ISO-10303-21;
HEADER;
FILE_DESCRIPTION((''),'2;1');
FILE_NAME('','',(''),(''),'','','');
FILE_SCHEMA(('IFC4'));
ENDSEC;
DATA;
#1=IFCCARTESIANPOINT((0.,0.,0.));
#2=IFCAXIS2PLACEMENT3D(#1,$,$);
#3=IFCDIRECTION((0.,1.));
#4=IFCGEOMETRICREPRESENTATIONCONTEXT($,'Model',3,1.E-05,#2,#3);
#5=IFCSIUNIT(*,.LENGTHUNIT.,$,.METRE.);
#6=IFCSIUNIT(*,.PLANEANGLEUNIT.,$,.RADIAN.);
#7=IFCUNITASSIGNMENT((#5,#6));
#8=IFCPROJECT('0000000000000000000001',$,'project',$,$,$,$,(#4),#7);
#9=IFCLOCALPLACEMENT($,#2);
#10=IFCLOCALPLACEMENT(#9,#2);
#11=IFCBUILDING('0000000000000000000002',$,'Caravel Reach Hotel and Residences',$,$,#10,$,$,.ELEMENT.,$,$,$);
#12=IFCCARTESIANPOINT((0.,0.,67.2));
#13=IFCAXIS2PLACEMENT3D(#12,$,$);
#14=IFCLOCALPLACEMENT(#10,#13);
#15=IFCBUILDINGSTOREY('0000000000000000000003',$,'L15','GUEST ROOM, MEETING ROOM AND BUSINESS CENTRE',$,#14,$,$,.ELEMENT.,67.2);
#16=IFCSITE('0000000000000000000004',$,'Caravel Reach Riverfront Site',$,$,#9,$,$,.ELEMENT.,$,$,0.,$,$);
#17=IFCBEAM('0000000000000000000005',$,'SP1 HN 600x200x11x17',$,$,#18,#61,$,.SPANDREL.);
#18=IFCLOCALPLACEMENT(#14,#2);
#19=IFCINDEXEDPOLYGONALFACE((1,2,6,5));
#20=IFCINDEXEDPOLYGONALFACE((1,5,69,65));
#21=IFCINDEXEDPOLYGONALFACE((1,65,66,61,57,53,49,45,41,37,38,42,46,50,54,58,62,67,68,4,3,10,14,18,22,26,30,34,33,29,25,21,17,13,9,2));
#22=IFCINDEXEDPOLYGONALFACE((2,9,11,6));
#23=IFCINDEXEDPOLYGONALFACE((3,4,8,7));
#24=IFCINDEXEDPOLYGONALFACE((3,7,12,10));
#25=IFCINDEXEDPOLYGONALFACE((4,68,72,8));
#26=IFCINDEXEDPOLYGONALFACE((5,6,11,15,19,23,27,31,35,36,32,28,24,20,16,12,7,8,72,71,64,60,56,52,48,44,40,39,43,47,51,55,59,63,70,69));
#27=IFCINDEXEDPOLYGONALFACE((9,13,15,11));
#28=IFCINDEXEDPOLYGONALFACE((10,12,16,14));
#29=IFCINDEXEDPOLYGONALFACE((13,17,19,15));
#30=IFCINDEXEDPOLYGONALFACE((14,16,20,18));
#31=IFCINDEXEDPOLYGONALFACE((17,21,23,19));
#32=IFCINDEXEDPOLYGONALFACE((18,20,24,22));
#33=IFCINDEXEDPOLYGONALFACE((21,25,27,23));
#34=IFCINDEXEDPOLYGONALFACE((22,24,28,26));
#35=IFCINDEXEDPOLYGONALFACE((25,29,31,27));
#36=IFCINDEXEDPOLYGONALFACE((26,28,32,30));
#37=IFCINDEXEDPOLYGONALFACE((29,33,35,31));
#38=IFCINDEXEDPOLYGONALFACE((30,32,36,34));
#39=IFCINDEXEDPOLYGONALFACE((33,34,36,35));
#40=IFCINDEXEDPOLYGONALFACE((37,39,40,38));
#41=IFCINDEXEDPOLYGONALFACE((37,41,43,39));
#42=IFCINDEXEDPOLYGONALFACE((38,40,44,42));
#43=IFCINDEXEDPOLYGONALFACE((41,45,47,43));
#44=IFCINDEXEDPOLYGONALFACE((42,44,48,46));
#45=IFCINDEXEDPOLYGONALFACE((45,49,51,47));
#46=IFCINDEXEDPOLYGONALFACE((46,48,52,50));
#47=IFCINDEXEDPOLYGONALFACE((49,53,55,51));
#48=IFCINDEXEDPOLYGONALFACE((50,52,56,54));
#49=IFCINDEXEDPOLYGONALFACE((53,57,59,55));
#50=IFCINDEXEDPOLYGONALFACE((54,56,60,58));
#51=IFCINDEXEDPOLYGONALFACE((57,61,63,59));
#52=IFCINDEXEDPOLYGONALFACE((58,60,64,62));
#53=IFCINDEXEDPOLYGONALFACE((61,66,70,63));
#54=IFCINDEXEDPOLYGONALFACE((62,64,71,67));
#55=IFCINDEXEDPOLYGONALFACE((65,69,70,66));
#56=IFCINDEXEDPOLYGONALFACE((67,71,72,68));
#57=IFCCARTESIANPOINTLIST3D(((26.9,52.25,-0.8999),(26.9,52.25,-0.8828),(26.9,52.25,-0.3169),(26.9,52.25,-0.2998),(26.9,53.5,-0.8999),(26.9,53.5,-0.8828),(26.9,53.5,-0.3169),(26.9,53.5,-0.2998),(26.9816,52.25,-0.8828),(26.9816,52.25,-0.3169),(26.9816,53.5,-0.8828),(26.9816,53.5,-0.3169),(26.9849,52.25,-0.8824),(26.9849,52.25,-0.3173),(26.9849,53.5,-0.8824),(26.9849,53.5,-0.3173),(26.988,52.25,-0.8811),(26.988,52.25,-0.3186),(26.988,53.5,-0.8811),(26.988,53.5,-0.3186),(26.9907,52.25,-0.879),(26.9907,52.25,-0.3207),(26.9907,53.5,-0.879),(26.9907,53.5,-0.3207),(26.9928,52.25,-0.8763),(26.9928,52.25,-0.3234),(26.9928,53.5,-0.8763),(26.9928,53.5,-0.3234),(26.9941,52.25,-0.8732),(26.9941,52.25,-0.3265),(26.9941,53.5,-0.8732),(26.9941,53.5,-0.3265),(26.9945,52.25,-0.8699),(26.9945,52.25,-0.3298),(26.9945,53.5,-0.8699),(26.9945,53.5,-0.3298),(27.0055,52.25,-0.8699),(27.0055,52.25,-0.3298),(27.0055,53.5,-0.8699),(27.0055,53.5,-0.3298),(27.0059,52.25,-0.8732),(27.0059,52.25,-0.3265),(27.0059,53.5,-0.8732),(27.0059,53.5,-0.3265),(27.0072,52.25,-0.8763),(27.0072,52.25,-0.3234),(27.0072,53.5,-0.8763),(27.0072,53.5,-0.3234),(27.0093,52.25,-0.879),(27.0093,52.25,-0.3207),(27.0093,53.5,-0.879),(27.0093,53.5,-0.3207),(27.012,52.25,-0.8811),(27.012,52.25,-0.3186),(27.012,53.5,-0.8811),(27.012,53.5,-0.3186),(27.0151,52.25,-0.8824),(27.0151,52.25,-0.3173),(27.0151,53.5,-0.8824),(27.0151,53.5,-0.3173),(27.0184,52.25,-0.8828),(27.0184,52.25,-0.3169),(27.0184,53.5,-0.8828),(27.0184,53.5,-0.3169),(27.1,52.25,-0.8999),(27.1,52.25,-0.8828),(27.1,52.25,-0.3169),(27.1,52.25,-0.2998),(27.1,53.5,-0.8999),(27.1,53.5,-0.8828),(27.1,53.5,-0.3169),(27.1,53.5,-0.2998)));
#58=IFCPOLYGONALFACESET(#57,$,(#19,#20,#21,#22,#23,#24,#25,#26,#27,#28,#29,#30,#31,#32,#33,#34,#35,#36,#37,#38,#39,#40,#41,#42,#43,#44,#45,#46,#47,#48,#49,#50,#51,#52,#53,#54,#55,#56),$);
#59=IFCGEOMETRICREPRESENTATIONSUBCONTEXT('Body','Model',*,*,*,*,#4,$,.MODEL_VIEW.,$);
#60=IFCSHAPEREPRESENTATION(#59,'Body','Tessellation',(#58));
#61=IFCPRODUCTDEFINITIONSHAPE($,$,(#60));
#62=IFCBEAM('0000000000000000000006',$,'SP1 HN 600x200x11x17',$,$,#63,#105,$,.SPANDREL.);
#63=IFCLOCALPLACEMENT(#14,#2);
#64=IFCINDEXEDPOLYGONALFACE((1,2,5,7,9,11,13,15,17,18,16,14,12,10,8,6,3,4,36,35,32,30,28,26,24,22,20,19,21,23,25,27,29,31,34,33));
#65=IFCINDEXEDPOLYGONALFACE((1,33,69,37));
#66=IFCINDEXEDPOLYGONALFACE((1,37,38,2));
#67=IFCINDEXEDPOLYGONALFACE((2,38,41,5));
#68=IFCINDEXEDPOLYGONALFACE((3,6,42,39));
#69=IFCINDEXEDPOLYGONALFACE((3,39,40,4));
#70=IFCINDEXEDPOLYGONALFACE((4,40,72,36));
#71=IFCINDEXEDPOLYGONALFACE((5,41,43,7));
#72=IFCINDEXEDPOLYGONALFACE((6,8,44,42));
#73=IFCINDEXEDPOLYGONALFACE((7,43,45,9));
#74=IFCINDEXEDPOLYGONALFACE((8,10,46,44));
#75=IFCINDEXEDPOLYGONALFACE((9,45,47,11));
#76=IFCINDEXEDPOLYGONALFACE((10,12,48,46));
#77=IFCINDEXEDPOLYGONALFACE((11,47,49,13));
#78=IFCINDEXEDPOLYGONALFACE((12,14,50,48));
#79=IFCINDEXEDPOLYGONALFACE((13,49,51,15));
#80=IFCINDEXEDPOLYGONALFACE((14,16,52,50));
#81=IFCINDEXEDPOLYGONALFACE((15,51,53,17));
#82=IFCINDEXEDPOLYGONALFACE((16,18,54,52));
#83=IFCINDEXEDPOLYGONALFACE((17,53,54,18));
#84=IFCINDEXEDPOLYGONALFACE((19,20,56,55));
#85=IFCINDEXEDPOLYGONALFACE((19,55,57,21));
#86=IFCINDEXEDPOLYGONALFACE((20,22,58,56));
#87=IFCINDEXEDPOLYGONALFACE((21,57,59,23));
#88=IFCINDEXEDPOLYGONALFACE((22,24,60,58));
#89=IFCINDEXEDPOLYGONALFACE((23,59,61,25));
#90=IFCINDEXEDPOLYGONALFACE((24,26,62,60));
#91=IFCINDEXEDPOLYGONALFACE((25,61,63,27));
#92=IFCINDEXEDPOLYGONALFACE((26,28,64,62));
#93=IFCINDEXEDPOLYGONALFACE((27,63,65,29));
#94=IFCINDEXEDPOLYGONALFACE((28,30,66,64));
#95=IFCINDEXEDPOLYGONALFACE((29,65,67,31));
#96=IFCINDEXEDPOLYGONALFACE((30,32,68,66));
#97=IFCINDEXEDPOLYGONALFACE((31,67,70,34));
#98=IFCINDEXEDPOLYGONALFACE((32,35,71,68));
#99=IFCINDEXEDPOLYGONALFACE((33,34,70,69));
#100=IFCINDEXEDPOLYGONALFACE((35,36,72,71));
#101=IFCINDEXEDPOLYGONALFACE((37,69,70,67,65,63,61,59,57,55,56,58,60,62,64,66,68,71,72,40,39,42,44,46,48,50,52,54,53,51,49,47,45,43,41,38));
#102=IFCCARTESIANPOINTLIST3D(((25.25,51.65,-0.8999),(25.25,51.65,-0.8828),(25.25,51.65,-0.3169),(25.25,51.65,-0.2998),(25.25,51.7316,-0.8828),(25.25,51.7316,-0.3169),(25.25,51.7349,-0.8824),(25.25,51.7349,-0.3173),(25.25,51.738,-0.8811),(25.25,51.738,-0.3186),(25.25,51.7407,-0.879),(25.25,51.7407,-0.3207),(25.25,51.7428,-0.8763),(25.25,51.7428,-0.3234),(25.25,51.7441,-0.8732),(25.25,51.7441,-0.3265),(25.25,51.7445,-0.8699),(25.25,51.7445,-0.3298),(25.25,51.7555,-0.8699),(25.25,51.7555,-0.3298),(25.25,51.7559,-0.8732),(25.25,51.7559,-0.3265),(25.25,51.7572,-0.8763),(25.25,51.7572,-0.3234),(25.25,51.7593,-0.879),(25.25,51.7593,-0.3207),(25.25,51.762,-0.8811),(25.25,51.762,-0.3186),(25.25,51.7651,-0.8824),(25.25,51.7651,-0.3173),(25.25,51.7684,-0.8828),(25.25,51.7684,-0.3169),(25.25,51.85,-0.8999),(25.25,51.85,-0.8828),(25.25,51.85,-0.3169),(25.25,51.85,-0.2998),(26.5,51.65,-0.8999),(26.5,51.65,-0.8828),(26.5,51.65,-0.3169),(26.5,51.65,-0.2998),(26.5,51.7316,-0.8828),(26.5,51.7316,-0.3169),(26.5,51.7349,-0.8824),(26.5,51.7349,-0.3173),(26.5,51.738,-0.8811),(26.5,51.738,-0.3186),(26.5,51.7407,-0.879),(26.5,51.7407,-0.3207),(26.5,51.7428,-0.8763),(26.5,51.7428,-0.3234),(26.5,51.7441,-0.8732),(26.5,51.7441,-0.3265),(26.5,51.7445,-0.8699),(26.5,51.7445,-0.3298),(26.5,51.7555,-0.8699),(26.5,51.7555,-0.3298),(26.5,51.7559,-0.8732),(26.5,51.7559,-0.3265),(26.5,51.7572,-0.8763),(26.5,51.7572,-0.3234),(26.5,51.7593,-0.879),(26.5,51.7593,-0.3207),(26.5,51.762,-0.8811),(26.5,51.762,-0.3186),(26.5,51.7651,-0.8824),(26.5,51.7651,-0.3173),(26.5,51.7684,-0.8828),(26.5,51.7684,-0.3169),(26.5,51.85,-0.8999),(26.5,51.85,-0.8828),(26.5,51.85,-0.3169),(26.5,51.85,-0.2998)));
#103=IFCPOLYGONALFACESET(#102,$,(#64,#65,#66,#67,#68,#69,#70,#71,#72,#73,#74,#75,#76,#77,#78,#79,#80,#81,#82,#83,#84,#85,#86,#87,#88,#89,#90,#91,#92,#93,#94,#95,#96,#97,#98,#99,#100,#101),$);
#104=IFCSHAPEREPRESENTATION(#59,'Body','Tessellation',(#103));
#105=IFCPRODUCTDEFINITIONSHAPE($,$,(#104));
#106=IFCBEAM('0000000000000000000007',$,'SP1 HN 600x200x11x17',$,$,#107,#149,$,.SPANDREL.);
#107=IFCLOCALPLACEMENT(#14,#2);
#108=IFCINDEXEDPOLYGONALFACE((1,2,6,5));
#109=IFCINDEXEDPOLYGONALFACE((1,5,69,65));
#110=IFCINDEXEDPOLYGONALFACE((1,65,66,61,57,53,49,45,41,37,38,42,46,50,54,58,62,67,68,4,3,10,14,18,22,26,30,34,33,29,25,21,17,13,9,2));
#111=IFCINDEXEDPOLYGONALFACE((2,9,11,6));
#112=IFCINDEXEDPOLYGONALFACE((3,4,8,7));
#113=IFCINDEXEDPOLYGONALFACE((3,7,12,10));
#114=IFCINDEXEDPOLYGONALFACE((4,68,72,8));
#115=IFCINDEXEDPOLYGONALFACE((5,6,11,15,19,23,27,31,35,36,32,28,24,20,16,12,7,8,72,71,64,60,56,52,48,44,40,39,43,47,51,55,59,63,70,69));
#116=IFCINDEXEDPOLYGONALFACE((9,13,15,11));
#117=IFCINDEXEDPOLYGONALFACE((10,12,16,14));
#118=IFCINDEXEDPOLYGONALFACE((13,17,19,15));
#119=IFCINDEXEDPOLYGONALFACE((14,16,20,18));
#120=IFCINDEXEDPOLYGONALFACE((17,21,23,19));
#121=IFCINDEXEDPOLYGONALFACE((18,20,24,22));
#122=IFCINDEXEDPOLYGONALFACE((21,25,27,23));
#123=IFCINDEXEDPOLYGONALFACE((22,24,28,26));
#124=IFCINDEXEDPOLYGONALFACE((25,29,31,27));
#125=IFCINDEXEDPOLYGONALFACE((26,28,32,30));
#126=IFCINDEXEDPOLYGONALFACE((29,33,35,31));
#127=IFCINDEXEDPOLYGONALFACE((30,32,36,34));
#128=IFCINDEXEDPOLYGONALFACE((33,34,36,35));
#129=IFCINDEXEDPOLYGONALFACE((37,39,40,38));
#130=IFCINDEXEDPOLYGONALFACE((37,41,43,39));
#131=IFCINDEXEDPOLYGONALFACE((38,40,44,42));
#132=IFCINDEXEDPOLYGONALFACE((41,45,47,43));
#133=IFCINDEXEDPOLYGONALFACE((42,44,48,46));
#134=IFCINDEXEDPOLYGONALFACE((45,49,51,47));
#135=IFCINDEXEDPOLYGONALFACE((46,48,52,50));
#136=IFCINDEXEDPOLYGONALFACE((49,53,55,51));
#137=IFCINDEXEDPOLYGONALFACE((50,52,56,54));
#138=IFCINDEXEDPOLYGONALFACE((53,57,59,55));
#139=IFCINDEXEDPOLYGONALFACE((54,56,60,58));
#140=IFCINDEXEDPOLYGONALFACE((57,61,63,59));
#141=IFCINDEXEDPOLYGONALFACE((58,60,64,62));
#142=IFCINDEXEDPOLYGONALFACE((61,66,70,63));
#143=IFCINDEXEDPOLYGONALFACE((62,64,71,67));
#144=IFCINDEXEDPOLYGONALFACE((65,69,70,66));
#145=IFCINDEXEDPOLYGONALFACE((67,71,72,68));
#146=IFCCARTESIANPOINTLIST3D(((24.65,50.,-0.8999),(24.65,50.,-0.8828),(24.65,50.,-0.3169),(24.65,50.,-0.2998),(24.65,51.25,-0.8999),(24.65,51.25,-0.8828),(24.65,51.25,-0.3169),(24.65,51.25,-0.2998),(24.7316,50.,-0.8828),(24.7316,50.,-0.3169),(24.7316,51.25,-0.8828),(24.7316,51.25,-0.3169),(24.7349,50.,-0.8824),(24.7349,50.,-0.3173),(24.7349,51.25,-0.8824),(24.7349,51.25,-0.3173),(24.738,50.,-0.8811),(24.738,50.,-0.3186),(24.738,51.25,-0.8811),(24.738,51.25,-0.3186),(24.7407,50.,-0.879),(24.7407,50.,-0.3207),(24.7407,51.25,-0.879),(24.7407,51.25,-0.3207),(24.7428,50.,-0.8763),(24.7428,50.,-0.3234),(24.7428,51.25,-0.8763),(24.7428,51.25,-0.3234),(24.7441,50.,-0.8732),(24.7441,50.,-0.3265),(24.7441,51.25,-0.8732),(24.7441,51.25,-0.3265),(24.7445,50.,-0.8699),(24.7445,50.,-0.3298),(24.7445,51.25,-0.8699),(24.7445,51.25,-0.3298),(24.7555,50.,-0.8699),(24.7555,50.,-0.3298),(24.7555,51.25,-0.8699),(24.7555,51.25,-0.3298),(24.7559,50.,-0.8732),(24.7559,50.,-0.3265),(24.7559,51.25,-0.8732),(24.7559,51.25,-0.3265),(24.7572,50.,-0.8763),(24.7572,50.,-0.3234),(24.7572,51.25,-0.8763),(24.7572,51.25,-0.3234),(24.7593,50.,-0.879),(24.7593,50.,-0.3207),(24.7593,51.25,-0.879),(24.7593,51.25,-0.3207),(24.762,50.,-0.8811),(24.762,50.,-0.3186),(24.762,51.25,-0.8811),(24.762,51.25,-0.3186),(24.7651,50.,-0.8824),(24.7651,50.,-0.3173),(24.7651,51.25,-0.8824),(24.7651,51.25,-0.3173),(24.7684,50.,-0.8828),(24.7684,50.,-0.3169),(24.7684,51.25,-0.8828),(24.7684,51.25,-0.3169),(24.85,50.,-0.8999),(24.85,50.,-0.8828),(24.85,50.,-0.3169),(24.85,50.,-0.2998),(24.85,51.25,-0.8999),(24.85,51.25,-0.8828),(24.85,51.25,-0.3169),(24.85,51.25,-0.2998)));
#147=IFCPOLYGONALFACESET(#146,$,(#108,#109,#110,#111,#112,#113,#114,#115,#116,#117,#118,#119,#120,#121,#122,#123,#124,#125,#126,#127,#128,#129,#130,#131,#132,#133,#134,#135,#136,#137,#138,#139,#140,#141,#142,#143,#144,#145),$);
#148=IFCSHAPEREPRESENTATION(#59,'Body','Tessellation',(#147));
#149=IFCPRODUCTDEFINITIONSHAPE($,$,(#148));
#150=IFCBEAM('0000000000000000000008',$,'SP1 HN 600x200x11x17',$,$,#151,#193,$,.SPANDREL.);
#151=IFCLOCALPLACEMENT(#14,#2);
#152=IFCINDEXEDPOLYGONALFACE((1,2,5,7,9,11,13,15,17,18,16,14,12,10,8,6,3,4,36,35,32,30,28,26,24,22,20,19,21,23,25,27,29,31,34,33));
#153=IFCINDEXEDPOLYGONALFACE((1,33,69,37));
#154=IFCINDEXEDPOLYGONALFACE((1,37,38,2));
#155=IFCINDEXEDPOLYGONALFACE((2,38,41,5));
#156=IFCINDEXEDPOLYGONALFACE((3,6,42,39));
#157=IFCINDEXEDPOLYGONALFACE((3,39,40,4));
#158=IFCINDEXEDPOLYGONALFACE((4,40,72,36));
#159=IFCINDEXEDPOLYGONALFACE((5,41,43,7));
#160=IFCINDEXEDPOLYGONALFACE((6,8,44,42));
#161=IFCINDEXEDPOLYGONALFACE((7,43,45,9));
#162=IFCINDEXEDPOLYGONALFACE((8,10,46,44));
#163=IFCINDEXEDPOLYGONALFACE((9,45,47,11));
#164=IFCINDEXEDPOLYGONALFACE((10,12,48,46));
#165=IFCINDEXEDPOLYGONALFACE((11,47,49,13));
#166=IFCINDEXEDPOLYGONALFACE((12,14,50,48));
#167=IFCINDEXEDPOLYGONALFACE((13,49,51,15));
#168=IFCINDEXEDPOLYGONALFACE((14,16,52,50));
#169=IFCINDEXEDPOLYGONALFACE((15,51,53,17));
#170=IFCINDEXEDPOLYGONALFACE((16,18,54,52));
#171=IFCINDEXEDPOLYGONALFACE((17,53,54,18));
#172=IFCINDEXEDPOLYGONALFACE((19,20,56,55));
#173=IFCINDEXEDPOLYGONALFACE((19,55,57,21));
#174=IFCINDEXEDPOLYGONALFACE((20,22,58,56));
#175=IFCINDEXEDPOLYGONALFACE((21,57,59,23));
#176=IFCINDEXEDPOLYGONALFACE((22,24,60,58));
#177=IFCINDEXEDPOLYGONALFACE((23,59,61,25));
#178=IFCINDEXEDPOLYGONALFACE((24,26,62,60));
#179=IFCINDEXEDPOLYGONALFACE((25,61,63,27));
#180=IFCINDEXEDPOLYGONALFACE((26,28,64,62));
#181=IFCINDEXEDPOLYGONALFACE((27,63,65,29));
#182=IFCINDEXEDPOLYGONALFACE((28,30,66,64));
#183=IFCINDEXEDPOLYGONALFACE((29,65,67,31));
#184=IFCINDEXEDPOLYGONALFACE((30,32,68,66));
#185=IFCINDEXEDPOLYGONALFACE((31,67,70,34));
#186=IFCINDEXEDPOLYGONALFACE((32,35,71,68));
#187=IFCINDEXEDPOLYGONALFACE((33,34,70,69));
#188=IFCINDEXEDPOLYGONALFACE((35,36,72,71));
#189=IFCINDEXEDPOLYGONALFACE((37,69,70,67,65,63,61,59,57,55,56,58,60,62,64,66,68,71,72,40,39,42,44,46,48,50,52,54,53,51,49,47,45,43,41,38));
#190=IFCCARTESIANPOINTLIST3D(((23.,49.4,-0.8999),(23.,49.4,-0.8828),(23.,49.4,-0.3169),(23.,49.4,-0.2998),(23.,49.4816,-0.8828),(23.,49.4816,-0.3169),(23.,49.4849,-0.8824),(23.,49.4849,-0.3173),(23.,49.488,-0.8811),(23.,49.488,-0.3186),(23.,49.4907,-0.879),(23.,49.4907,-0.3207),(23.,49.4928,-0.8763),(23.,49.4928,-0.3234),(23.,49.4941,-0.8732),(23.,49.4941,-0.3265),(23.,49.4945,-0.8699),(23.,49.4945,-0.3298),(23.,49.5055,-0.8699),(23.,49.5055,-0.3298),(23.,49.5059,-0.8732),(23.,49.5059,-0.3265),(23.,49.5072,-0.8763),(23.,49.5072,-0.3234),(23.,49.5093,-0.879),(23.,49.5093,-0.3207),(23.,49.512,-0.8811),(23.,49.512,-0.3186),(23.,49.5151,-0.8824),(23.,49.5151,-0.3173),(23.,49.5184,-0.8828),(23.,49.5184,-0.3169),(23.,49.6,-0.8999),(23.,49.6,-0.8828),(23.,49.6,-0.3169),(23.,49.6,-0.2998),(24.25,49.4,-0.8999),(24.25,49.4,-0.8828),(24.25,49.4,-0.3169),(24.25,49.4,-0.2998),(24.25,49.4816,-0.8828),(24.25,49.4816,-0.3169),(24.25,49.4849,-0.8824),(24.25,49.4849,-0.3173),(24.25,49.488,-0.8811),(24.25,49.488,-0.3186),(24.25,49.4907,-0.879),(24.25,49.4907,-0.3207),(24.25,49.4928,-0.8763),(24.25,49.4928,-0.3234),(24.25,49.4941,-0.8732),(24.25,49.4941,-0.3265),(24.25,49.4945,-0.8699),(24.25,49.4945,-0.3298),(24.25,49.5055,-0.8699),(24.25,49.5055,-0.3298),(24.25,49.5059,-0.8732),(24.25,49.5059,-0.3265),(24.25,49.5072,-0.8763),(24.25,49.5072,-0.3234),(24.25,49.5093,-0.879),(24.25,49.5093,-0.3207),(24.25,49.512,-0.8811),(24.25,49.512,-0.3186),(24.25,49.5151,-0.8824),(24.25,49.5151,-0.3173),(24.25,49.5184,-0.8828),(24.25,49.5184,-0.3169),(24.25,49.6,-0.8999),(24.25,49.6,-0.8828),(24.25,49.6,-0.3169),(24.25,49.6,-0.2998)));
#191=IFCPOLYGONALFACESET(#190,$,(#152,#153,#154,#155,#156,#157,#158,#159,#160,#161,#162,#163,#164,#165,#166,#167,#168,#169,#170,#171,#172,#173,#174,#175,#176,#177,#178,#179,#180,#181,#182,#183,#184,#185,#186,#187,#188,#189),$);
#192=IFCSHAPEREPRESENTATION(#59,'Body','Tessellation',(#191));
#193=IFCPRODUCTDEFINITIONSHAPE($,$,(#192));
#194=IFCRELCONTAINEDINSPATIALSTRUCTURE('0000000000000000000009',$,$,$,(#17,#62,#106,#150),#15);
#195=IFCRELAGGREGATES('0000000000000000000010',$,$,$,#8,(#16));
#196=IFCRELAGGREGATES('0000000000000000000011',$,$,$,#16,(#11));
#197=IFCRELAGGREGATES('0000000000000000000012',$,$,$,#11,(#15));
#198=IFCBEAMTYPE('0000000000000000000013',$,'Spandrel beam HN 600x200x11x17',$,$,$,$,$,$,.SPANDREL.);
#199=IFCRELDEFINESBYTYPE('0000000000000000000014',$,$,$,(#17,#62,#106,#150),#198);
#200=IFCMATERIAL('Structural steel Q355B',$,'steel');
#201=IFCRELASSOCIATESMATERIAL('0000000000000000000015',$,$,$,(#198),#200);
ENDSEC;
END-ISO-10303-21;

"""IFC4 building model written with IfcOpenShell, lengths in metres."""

from ifc_helpers import new_model, si_unit, direction, frame, origin, origin_2d, place, context, subcontext, project, spatial, i_section, extrude, material, material_profile, profile_set, type_object, element, save


model = new_model("IFC4")

# Units and contexts
model_context = context("Model", 3, precision=1e-05, world=origin(), true_north=direction((0.0, 1.0)))
body_context = subcontext(model_context, "Body", "Model", "MODEL_VIEW")
ifc_project = project(units=[si_unit("LENGTHUNIT", "METRE"), si_unit("PLANEANGLEUNIT", "RADIAN")], contexts=[model_context])

# Site, building, storey
site_placement = place(None, origin())
site = spatial("IfcSite", under=ifc_project, at=site_placement, Name="Caravel Reach Riverfront Site", CompositionType="ELEMENT", RefElevation=0.0)
building_placement = place(site_placement, origin())
building = spatial("IfcBuilding", under=site, at=building_placement, Name="Caravel Reach Hotel and Residences", CompositionType="ELEMENT")
storey_placement = place(building_placement, frame((0.0, 0.0, 67.2)))
storey = spatial("IfcBuildingStorey", under=building, at=storey_placement, Name="L15", Description="GUEST ROOM, MEETING ROOM AND BUSINESS CENTRE", CompositionType="ELEMENT", Elevation=67.2)

# Beams
ifc_material_1 = material(Name="Structural steel Q355B", Category="steel")
ifc_material_profile_1 = material_profile(ifc_material_1, i_section(OverallWidth=0.2, OverallDepth=0.6001, WebThickness=0.011, FlangeThickness=0.0171, FilletRadius=0.0129, at=origin_2d()), Name="HN 600x200x11x17")
ifc_profile_set_1 = profile_set([ifc_material_profile_1], Name="Structural steel Q355B")
beam_type_1 = type_object("IfcBeamType", Name="Spandrel beam HN 600x200x11x17", PredefinedType="SPANDREL", material=ifc_profile_set_1)
for number, where, z_axis, x_axis, name in (
    (1, (27.0, 53.5, -0.5999), (0.0, -1.0, 0.0), (1.0, 0.0, 0.0), "SP1 HN 600x200x11x17"),
    (2, (26.5, 51.75, -0.5999), (-1.0, 0.0, 0.0), (0.0, -1.0, 0.0), "SP1 HN 600x200x11x17"),
    (3, (24.75, 51.25, -0.5999), (0.0, -1.0, 0.0), (1.0, 0.0, 0.0), "SP1 HN 600x200x11x17"),
    (4, (24.25, 49.5, -0.5999), (-1.0, 0.0, 0.0), (0.0, -1.0, 0.0), "SP1 HN 600x200x11x17"),
):
    element("IfcBeam", number, at=place(storey_placement, frame(where, z_axis=z_axis, x_axis=x_axis)), inside=storey, type_object=beam_type_1, Name=name, PredefinedType="SPANDREL", context=body_context, shape_type="SweptSolid", body=[
        extrude(i_section(OverallWidth=0.2, OverallDepth=0.6001, WebThickness=0.011, FlangeThickness=0.0171, FilletRadius=0.0129, at=origin_2d()), origin(), (0.0, 0.0, 1.0), 1.25),
    ])

save(model, "model.ifc")
